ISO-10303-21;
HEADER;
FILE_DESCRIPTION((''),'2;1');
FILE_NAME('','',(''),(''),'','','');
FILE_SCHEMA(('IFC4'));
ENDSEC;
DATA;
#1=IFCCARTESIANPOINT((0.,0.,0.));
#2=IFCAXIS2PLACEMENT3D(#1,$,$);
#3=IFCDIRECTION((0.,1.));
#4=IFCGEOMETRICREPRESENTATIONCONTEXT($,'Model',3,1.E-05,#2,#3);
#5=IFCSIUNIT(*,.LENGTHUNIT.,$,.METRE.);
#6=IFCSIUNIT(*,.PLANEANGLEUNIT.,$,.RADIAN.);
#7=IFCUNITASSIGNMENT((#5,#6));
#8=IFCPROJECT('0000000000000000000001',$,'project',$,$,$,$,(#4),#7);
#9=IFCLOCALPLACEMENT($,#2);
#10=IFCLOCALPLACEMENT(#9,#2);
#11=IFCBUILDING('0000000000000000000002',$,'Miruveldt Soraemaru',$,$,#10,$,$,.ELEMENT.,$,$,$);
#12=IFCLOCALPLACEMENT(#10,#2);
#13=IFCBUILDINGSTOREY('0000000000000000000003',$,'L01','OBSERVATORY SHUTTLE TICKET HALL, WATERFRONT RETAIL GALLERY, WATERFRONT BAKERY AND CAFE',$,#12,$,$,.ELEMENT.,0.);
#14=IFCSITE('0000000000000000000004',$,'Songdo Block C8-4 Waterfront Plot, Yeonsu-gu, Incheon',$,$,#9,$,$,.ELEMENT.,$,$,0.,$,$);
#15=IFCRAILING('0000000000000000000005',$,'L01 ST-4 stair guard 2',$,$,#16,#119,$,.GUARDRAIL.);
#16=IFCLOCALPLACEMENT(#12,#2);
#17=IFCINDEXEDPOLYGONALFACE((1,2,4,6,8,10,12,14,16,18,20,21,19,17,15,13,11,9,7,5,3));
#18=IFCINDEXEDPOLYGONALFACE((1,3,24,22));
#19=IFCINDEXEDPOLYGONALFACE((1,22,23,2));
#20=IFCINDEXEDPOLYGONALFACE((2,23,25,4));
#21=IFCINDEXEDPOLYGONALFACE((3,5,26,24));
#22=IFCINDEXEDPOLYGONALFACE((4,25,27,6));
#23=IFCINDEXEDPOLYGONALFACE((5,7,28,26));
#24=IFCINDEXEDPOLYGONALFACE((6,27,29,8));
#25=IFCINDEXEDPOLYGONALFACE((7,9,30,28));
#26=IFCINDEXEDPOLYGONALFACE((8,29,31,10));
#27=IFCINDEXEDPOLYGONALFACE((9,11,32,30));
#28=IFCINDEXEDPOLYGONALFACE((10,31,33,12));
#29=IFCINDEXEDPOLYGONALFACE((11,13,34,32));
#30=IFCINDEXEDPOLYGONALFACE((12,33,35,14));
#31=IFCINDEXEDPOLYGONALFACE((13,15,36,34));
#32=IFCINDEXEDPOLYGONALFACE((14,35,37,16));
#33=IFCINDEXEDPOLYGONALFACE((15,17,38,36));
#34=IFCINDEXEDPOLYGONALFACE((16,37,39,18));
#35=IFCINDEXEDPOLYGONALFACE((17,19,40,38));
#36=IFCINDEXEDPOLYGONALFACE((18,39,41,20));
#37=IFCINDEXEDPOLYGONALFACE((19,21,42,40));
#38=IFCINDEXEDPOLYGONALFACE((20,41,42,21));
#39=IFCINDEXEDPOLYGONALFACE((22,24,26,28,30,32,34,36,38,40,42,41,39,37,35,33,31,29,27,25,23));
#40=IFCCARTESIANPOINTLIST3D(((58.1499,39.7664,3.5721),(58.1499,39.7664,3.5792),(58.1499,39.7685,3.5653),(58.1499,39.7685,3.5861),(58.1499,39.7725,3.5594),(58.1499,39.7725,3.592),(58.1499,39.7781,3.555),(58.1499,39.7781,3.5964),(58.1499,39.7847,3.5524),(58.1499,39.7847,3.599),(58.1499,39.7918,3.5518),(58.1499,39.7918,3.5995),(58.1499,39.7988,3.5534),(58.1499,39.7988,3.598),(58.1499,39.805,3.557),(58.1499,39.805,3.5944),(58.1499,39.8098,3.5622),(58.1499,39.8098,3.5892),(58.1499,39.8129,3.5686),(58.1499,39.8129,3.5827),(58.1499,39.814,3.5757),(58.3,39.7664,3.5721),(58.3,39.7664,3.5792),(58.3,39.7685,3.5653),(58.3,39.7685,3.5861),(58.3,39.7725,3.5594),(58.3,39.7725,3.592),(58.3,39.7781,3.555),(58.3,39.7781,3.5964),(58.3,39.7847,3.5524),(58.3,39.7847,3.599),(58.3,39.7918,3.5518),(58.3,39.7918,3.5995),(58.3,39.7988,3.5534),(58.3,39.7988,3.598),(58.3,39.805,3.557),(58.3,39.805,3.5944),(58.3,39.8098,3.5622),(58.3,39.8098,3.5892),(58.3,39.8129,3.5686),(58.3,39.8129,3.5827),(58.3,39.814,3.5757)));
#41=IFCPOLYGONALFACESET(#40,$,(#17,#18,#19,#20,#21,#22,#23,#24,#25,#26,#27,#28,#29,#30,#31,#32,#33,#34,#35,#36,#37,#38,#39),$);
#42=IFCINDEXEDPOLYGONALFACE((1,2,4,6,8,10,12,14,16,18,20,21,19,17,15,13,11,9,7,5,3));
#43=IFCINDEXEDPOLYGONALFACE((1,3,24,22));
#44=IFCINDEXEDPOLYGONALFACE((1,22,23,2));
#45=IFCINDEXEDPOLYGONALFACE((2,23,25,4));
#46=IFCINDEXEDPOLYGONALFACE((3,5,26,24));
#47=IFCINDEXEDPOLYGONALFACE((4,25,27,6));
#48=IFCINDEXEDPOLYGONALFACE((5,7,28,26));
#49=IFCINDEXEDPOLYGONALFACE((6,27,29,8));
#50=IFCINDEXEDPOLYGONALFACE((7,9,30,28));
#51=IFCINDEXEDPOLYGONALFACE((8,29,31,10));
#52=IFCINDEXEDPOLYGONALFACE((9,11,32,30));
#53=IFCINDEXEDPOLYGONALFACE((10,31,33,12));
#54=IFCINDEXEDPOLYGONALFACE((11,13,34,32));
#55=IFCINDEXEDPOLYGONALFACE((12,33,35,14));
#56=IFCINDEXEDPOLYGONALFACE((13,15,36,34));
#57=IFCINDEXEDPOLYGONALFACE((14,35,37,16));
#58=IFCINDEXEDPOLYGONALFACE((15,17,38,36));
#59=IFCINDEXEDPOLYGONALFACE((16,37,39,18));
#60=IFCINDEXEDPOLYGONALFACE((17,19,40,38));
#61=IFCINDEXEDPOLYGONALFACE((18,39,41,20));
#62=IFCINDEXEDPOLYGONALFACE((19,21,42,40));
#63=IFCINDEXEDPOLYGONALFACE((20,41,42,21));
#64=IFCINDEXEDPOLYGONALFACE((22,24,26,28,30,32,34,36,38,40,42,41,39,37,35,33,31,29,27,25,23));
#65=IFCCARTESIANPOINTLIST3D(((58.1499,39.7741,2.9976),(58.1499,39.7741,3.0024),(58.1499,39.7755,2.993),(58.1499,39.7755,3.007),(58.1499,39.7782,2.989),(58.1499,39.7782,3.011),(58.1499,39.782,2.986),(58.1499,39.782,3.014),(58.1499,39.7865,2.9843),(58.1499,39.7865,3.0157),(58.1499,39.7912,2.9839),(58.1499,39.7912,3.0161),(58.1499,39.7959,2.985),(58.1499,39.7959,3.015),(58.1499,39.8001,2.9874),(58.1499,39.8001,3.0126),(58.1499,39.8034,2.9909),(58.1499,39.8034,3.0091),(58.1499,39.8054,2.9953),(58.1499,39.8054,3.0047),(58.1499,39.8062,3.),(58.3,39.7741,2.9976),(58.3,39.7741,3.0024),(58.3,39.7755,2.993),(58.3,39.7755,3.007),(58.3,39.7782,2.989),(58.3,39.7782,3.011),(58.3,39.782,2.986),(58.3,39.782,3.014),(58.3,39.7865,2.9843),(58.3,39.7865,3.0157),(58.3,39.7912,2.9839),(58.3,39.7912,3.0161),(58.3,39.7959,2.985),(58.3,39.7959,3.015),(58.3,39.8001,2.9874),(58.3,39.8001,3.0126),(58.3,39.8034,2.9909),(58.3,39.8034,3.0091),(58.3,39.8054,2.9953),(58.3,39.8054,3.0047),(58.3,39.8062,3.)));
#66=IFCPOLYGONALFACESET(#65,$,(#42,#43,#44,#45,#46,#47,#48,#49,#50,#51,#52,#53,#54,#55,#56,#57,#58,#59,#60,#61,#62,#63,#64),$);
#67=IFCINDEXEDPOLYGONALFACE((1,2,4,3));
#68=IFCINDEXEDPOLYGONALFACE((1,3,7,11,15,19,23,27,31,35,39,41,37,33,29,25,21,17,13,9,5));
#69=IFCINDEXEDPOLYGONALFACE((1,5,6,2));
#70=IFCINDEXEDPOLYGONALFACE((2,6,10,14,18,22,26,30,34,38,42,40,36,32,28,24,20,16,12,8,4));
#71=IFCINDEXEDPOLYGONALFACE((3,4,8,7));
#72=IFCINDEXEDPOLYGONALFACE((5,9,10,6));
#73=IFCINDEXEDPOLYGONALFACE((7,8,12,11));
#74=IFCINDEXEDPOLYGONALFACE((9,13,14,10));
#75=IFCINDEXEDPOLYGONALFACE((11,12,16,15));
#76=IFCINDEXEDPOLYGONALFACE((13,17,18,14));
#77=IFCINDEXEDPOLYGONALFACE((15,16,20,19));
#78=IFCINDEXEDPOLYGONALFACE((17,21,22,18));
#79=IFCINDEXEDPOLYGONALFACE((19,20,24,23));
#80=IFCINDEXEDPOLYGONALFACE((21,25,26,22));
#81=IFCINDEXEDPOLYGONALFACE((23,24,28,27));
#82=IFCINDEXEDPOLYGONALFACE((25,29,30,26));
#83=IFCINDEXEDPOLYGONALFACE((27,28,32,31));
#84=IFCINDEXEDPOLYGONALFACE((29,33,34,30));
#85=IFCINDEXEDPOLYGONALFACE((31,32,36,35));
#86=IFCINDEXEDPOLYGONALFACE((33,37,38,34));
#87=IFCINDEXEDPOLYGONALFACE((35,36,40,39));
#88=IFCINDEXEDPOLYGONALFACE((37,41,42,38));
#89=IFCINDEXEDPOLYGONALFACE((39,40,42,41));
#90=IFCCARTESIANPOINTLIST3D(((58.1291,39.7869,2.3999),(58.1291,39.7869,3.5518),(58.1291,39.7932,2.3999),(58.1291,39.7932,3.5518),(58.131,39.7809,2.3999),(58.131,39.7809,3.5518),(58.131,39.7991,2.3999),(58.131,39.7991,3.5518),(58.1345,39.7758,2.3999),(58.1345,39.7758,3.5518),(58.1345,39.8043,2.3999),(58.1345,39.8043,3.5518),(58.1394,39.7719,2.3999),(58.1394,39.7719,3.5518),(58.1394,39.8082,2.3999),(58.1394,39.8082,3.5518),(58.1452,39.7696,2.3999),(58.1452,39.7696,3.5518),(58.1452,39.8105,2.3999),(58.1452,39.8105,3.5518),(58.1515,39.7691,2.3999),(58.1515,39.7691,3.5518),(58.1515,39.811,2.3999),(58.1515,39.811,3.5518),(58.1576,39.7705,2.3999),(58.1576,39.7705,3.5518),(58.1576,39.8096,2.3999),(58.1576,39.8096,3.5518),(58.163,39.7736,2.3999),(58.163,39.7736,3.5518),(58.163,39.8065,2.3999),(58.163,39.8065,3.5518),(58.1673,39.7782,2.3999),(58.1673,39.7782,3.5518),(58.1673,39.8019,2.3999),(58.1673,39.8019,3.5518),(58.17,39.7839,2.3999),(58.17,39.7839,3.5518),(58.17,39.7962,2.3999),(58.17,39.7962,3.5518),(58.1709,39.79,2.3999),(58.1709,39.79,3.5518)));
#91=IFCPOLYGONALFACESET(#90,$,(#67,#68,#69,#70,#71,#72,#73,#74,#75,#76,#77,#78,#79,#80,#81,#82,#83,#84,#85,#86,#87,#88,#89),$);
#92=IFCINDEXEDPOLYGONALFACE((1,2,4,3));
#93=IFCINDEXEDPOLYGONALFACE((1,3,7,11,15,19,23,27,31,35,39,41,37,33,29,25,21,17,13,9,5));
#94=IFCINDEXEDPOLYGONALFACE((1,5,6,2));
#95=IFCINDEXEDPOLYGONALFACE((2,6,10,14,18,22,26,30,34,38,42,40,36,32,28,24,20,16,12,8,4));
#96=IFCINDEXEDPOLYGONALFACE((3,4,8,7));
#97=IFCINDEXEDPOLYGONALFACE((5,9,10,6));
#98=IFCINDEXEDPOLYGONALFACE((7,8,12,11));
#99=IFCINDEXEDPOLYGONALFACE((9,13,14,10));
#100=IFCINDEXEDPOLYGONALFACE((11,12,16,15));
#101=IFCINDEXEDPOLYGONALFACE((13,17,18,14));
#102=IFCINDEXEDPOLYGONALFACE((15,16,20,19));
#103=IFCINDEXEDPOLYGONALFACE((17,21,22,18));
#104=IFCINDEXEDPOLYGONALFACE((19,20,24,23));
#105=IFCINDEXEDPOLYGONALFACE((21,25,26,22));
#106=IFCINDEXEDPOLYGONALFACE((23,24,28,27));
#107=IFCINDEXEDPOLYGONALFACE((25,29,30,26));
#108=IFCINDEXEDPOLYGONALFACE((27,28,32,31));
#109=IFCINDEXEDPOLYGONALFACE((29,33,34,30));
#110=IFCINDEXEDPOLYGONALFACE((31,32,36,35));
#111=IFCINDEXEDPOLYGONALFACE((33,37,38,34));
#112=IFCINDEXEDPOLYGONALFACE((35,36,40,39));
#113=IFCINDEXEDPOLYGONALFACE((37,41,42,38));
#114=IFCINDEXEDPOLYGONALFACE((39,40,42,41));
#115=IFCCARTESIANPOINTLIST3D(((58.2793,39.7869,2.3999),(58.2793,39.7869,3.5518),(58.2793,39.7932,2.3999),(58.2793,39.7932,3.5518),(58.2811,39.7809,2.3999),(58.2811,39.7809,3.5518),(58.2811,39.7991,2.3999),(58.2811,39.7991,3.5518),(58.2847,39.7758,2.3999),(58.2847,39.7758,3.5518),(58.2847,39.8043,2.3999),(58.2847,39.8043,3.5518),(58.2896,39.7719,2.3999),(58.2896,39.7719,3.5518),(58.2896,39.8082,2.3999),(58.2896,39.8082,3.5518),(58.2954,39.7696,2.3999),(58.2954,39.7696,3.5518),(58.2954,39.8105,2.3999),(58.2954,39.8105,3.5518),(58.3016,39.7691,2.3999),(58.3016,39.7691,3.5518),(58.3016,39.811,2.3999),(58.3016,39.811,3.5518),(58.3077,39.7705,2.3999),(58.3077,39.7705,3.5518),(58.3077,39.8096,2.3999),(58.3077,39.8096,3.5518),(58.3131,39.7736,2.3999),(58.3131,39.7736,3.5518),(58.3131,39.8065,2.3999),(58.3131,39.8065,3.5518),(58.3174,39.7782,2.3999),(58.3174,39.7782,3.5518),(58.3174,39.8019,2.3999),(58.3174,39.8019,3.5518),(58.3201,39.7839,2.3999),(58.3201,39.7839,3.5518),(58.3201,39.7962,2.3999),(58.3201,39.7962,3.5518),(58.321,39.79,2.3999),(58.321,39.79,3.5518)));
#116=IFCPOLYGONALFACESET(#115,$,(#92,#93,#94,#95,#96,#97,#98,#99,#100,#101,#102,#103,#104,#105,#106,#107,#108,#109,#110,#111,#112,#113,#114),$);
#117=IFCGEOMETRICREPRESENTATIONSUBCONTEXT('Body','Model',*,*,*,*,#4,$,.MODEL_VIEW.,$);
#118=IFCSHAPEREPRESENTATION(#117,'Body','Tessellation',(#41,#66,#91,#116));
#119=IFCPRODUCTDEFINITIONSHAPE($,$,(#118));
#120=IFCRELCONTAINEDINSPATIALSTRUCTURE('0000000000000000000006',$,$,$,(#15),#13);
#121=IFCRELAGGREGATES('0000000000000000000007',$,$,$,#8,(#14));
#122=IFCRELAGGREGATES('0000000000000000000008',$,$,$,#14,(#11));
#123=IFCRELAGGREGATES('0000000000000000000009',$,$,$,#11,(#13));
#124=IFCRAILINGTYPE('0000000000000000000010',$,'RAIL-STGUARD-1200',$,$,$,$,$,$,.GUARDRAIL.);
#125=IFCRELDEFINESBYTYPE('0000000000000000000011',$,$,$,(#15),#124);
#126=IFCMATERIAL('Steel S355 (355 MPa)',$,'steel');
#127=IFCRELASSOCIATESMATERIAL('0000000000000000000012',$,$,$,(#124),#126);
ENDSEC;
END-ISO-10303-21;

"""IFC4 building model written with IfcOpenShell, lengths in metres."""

from ifc_helpers import new_model, si_unit, direction, frame, origin, origin_2d, place, context, subcontext, project, spatial, circle, extrude, material, type_object, element, save


model = new_model("IFC4")

# Units and contexts
model_context = context("Model", 3, precision=1e-05, world=origin(), true_north=direction((0.0, 1.0)))
body_context = subcontext(model_context, "Body", "Model", "MODEL_VIEW")
ifc_project = project(units=[si_unit("LENGTHUNIT", "METRE"), si_unit("PLANEANGLEUNIT", "RADIAN")], contexts=[model_context])

# Site, building, storey
site_placement = place(None, origin())
site = spatial("IfcSite", under=ifc_project, at=site_placement, Name="Songdo Block C8-4 Waterfront Plot, Yeonsu-gu, Incheon", CompositionType="ELEMENT", RefElevation=0.0)
building_placement = place(site_placement, origin())
building = spatial("IfcBuilding", under=site, at=building_placement, Name="Miruveldt Soraemaru", CompositionType="ELEMENT")
storey_placement = place(building_placement, origin())
storey = spatial("IfcBuildingStorey", under=building, at=storey_placement, Name="L01", Description="OBSERVATORY SHUTTLE TICKET HALL, WATERFRONT RETAIL GALLERY, WATERFRONT BAKERY AND CAFE", CompositionType="ELEMENT", Elevation=0.0)

# Shared definitions
ifc_material_1 = material(Name="Steel S355 (355 MPa)", Category="steel")

# Railing
railing_type_1 = type_object("IfcRailingType", Name="RAIL-STGUARD-1200", PredefinedType="GUARDRAIL", material=ifc_material_1)
railing_1_placement = place(storey_placement, frame((58.1499, 39.79, 2.3999)))
element("IfcRailing", 1, at=railing_1_placement, inside=storey, type_object=railing_type_1, Name="L01 ST-4 stair guard 2", PredefinedType="GUARDRAIL", context=body_context, shape_type="SweptSolid", body=[
    extrude(circle(Radius=0.0239, at=origin_2d()), frame((0.0, 0.0, 1.1758), z_axis=(1.0, 0.0, 0.0), x_axis=(0.0, 1.0, 0.0)), (0.0, 0.0, 1.0), 0.1501),
    extrude(circle(Radius=0.0161, at=origin_2d()), frame((0.0, 0.0, 0.6001), z_axis=(1.0, 0.0, 0.0), x_axis=(0.0, 1.0, 0.0)), (0.0, 0.0, 1.0), 0.1501),
    extrude(circle(Radius=0.021, at=origin_2d()), origin(), (0.0, 0.0, 1.0), 1.1519),
    extrude(circle(Radius=0.021, at=origin_2d()), frame((0.1501, 0.0, 0.0)), (0.0, 0.0, 1.0), 1.1519),
])

save(model, "model.ifc")
